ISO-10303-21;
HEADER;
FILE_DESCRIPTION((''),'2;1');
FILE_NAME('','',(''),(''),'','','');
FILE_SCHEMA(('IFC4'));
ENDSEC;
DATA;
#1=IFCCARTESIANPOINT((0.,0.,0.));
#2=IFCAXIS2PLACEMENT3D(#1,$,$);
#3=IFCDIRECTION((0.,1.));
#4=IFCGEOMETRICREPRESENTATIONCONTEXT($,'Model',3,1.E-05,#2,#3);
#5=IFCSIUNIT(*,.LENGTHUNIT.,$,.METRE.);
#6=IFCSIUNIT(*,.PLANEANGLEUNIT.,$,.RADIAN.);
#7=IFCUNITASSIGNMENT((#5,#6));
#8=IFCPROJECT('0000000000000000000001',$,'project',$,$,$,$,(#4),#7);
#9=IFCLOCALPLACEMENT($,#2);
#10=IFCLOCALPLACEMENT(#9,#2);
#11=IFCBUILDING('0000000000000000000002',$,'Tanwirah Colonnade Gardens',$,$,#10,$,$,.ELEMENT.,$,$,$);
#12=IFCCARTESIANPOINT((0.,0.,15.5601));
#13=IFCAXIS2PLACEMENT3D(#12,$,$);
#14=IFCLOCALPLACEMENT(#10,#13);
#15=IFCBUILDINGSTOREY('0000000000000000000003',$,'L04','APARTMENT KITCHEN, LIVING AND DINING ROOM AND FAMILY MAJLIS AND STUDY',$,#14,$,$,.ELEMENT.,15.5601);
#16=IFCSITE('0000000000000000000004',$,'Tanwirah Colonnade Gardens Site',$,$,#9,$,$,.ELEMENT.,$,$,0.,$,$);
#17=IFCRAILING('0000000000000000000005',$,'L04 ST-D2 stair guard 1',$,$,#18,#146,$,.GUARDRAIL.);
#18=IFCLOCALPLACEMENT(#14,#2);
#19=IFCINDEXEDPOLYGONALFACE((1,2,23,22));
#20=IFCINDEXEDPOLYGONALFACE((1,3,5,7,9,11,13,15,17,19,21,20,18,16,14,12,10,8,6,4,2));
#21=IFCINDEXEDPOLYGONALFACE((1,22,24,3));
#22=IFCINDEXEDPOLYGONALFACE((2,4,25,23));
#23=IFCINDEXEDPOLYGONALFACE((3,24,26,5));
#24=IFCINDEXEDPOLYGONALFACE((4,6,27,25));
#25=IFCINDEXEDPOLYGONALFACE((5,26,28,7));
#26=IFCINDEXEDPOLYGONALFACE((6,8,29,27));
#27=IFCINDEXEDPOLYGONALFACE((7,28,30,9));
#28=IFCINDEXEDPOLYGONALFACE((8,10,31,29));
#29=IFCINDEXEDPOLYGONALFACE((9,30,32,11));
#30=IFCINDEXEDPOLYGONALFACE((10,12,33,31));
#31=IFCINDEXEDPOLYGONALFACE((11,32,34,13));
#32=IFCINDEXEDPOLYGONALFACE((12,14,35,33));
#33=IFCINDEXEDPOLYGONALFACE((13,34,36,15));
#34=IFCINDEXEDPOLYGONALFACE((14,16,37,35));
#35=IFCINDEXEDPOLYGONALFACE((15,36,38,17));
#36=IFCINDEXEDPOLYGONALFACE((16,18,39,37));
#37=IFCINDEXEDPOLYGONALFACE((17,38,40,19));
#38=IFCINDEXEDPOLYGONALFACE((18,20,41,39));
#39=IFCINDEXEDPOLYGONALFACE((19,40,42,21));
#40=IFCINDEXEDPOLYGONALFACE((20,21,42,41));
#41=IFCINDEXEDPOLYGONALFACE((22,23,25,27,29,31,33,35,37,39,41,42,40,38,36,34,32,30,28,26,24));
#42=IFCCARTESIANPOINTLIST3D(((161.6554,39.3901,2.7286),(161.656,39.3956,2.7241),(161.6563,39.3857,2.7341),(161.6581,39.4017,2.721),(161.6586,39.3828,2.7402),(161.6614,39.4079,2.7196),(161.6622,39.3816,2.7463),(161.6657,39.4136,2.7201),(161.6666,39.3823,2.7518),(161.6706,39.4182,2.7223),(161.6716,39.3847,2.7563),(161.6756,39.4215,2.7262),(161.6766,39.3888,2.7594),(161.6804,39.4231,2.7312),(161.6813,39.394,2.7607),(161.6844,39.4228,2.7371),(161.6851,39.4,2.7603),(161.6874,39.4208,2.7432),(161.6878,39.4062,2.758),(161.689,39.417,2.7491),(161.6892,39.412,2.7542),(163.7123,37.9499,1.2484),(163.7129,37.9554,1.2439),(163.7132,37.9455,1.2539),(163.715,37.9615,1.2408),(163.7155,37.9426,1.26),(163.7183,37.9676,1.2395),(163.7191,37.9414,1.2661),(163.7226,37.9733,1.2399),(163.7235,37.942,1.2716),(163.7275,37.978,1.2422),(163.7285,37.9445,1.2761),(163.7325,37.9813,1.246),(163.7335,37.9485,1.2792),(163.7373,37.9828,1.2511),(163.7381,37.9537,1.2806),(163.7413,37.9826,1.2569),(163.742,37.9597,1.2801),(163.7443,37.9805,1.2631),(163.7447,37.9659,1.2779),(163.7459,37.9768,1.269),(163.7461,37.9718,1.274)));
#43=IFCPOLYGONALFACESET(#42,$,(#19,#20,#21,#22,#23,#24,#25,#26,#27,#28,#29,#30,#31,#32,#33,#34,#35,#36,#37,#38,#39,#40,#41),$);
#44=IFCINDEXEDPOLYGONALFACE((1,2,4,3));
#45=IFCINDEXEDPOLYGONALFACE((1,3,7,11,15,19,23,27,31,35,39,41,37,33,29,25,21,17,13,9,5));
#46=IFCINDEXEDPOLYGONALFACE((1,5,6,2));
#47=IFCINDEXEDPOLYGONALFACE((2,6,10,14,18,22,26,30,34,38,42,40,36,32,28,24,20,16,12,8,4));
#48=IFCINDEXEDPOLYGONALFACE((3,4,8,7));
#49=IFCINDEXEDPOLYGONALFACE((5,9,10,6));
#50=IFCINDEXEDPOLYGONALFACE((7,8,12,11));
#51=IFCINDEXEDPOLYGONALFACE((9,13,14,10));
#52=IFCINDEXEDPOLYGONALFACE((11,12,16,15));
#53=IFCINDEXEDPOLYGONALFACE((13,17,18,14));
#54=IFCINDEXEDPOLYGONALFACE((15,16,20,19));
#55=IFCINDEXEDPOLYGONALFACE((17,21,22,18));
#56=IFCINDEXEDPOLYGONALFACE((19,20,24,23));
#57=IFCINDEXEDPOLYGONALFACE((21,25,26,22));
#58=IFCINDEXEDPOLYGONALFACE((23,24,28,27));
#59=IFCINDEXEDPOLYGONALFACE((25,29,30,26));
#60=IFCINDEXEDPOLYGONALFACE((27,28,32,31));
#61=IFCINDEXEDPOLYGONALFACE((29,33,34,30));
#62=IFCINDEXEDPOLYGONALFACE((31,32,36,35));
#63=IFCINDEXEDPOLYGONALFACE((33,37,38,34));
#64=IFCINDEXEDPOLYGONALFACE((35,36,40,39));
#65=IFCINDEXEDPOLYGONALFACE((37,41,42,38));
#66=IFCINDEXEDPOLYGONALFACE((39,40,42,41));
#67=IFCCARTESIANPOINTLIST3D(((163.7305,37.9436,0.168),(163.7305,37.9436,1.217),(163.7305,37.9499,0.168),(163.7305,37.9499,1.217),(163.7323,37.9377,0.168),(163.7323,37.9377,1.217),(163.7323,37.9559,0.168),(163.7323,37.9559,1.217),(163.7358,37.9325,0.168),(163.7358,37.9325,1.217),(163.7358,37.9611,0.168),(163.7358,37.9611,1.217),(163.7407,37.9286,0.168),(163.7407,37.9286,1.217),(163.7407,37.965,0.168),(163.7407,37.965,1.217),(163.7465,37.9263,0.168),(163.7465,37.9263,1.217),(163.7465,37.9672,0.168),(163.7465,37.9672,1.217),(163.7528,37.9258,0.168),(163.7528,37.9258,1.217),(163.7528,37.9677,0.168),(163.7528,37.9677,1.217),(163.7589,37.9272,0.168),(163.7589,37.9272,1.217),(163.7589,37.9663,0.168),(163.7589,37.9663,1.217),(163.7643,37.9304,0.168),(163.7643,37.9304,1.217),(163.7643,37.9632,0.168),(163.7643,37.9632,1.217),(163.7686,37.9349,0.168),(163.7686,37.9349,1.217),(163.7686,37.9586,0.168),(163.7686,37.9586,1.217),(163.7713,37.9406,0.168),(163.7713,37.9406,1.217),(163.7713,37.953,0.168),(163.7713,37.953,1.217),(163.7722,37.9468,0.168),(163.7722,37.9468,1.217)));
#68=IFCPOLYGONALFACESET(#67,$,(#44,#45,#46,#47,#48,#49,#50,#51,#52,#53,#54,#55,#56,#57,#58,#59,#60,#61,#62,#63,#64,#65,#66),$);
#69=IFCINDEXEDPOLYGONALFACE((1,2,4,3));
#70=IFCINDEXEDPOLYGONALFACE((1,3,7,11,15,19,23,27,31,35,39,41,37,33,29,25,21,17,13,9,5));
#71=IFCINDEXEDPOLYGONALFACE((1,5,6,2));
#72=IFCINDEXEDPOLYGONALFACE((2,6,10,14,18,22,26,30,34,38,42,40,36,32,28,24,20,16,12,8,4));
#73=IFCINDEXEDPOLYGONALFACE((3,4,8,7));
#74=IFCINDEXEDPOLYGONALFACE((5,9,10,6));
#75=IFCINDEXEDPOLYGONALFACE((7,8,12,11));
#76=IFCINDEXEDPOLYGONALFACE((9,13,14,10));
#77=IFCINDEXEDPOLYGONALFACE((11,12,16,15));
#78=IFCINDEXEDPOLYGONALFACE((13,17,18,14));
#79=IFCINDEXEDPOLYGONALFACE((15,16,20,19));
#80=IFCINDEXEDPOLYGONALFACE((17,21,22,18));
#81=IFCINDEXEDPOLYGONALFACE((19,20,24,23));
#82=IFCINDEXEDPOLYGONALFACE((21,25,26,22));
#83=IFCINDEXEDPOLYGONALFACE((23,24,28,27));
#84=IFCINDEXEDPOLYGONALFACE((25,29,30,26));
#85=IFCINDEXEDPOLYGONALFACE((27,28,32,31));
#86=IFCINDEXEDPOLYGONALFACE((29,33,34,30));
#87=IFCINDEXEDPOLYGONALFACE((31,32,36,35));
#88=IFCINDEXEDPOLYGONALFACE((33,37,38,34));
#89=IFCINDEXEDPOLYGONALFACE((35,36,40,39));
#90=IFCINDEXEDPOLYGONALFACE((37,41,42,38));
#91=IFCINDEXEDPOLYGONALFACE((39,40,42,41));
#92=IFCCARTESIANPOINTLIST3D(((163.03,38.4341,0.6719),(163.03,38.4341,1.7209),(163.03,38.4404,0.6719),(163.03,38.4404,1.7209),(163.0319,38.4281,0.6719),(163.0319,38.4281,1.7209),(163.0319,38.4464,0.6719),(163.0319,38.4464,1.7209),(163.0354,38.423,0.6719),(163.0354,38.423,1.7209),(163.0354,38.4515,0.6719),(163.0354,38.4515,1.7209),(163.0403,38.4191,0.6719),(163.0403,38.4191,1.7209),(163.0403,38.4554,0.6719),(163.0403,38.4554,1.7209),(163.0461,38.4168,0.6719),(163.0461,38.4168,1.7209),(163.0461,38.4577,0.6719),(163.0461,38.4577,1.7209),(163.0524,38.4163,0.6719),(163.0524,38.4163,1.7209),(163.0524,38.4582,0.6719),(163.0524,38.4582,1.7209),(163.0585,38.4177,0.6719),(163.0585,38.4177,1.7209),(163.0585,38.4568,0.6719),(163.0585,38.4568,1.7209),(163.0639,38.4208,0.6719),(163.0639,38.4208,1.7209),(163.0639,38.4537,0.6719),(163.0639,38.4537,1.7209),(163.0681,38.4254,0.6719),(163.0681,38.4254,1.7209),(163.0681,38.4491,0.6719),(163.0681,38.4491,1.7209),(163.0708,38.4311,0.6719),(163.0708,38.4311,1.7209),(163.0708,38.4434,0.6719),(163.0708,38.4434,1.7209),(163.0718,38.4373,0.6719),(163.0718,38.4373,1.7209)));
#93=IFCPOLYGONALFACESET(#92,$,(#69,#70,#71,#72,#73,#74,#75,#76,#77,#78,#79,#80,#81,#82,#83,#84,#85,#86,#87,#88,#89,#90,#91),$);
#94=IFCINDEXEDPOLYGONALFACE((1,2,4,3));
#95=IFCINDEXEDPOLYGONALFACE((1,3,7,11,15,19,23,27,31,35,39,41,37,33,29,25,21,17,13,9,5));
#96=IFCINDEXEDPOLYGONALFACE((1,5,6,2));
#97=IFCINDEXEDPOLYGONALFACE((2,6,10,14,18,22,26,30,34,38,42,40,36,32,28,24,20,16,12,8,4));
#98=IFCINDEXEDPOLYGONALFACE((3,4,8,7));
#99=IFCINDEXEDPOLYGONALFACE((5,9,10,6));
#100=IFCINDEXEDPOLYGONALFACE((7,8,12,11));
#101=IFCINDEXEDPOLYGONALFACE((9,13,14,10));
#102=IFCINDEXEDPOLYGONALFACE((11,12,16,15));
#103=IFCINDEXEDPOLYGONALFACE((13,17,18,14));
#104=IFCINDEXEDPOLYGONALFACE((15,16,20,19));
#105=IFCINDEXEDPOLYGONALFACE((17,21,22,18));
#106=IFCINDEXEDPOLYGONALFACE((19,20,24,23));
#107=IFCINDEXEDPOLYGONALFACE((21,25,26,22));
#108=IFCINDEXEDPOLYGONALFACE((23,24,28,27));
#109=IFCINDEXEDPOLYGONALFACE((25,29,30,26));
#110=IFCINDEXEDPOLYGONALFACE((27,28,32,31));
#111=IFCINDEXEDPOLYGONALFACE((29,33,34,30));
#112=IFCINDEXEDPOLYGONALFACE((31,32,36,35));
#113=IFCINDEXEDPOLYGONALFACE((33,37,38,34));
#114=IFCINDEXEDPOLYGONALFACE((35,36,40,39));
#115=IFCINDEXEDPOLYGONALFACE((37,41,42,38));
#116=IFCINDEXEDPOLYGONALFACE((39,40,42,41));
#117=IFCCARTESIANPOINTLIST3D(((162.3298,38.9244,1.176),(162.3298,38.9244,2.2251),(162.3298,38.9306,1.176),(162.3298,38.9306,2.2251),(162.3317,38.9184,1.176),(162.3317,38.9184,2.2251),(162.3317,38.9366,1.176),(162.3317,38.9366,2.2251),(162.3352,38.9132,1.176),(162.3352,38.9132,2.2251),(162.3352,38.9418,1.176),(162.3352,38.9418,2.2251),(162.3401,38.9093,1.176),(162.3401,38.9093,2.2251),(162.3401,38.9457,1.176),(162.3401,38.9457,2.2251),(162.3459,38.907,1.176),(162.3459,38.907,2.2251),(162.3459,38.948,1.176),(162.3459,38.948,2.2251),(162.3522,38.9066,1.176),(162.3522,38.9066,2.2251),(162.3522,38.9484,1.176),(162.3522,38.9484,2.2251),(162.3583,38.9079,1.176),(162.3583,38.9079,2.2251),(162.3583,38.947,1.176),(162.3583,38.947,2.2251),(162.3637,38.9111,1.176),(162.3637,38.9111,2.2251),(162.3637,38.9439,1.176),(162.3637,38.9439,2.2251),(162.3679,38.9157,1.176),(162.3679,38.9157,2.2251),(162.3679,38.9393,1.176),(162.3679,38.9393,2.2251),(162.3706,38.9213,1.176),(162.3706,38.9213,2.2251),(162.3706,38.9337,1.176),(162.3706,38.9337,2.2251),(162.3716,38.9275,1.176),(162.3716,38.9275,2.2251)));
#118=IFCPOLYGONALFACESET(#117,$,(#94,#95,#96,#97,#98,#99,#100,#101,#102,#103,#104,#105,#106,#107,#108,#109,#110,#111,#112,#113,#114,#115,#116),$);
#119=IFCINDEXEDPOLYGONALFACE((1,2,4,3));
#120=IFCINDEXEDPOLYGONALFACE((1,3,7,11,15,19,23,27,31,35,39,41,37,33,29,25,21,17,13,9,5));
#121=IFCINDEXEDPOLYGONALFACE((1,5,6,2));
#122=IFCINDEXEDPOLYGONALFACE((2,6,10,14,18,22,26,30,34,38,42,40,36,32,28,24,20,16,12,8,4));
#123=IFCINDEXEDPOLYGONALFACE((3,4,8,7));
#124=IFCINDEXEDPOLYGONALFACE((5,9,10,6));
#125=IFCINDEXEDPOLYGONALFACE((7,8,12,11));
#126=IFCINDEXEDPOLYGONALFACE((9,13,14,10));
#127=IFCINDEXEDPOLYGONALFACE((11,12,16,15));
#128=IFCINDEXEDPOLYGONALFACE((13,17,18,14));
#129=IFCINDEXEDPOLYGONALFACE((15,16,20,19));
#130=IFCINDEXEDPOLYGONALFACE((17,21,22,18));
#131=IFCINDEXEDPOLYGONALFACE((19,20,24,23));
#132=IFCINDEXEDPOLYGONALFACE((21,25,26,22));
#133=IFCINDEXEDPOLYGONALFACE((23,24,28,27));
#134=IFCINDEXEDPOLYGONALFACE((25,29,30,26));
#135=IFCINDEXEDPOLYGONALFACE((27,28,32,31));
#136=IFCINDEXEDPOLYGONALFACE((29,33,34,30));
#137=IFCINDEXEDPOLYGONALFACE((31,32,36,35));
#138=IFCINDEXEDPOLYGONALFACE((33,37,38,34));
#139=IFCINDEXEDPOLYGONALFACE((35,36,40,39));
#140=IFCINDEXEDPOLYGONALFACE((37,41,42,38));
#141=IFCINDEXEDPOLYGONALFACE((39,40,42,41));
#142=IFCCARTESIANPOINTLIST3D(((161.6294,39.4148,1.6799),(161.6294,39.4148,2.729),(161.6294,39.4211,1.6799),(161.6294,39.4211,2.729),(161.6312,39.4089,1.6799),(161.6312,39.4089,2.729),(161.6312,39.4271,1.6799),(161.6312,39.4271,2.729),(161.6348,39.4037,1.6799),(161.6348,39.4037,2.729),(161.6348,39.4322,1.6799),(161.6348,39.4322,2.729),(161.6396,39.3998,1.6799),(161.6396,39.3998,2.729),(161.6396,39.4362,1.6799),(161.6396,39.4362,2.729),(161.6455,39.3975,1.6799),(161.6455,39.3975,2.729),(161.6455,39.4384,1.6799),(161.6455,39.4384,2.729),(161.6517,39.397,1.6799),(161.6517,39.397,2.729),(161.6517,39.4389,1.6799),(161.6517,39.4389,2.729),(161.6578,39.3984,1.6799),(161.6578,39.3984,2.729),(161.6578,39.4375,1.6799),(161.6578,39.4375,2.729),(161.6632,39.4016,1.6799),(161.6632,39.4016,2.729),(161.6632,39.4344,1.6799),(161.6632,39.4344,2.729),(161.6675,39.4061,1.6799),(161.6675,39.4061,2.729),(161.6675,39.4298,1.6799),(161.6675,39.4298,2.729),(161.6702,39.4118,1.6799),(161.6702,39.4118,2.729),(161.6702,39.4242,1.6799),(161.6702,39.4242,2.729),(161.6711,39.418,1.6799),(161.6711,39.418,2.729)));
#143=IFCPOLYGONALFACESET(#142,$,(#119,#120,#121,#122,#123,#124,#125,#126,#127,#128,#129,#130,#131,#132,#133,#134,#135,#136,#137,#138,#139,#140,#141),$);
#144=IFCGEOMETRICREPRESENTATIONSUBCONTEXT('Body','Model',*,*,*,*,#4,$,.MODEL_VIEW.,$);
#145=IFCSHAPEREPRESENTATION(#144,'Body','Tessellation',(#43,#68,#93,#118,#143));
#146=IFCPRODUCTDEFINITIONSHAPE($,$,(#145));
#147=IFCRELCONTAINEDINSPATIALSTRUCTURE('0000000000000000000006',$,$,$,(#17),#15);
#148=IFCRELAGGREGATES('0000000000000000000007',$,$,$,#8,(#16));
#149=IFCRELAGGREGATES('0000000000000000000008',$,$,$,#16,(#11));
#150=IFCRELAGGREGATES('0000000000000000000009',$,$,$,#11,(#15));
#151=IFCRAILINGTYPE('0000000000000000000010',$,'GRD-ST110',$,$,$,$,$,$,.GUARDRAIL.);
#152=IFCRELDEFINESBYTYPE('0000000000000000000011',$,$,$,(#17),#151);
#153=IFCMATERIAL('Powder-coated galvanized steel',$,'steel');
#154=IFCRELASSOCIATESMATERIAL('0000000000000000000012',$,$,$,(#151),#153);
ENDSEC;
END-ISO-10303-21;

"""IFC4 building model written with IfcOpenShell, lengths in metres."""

from ifc_helpers import new_model, si_unit, direction, frame, origin, origin_2d, place, context, subcontext, project, spatial, circle, extrude, material, type_object, element, save


model = new_model("IFC4")

# Units and contexts
model_context = context("Model", 3, precision=1e-05, world=origin(), true_north=direction((0.0, 1.0)))
body_context = subcontext(model_context, "Body", "Model", "MODEL_VIEW")
ifc_project = project(units=[si_unit("LENGTHUNIT", "METRE"), si_unit("PLANEANGLEUNIT", "RADIAN")], contexts=[model_context])

# Site, building, storey
site_placement = place(None, origin())
site = spatial("IfcSite", under=ifc_project, at=site_placement, Name="Tanwirah Colonnade Gardens Site", CompositionType="ELEMENT", RefElevation=0.0)
building_placement = place(site_placement, origin())
building = spatial("IfcBuilding", under=site, at=building_placement, Name="Tanwirah Colonnade Gardens", CompositionType="ELEMENT")
storey_placement = place(building_placement, frame((0.0, 0.0, 15.5601)))
storey = spatial("IfcBuildingStorey", under=building, at=storey_placement, Name="L04", Description="APARTMENT KITCHEN, LIVING AND DINING ROOM AND FAMILY MAJLIS AND STUDY", CompositionType="ELEMENT", Elevation=15.5601)

# Railing
ifc_material_1 = material(Name="Powder-coated galvanized steel", Category="steel")
railing_type_1 = type_object("IfcRailingType", Name="GRD-ST110", PredefinedType="GUARDRAIL", material=ifc_material_1)
railing_1_placement = place(storey_placement, frame((163.7512, 37.9468, 0.168)))
element("IfcRailing", 1, at=railing_1_placement, inside=storey, type_object=railing_type_1, Name="L04 ST-D2 stair guard 1", PredefinedType="GUARDRAIL", context=body_context, shape_type="SweptSolid", body=[
    extrude(circle(Radius=0.0239, at=origin_2d()), frame((-0.022, 0.0154, 1.092), z_axis=(-0.705673, 0.494118, 0.507812), x_axis=(-0.573577, -0.819151, 0.0)), (0.0, 0.0, 1.0), 2.9148),
    extrude(circle(Radius=0.021, at=origin_2d()), origin(), (0.0, 0.0, 1.0), 1.0491),
    extrude(circle(Radius=0.021, at=origin_2d()), frame((-0.7004, 0.4905, 0.5039)), (0.0, 0.0, 1.0), 1.0491),
    extrude(circle(Radius=0.021, at=origin_2d()), frame((-1.4006, 0.9807, 1.0081)), (0.0, 0.0, 1.0), 1.0491),
    extrude(circle(Radius=0.021, at=origin_2d()), frame((-2.1011, 1.4712, 1.512)), (0.0, 0.0, 1.0), 1.0491),
])

save(model, "model.ifc")
